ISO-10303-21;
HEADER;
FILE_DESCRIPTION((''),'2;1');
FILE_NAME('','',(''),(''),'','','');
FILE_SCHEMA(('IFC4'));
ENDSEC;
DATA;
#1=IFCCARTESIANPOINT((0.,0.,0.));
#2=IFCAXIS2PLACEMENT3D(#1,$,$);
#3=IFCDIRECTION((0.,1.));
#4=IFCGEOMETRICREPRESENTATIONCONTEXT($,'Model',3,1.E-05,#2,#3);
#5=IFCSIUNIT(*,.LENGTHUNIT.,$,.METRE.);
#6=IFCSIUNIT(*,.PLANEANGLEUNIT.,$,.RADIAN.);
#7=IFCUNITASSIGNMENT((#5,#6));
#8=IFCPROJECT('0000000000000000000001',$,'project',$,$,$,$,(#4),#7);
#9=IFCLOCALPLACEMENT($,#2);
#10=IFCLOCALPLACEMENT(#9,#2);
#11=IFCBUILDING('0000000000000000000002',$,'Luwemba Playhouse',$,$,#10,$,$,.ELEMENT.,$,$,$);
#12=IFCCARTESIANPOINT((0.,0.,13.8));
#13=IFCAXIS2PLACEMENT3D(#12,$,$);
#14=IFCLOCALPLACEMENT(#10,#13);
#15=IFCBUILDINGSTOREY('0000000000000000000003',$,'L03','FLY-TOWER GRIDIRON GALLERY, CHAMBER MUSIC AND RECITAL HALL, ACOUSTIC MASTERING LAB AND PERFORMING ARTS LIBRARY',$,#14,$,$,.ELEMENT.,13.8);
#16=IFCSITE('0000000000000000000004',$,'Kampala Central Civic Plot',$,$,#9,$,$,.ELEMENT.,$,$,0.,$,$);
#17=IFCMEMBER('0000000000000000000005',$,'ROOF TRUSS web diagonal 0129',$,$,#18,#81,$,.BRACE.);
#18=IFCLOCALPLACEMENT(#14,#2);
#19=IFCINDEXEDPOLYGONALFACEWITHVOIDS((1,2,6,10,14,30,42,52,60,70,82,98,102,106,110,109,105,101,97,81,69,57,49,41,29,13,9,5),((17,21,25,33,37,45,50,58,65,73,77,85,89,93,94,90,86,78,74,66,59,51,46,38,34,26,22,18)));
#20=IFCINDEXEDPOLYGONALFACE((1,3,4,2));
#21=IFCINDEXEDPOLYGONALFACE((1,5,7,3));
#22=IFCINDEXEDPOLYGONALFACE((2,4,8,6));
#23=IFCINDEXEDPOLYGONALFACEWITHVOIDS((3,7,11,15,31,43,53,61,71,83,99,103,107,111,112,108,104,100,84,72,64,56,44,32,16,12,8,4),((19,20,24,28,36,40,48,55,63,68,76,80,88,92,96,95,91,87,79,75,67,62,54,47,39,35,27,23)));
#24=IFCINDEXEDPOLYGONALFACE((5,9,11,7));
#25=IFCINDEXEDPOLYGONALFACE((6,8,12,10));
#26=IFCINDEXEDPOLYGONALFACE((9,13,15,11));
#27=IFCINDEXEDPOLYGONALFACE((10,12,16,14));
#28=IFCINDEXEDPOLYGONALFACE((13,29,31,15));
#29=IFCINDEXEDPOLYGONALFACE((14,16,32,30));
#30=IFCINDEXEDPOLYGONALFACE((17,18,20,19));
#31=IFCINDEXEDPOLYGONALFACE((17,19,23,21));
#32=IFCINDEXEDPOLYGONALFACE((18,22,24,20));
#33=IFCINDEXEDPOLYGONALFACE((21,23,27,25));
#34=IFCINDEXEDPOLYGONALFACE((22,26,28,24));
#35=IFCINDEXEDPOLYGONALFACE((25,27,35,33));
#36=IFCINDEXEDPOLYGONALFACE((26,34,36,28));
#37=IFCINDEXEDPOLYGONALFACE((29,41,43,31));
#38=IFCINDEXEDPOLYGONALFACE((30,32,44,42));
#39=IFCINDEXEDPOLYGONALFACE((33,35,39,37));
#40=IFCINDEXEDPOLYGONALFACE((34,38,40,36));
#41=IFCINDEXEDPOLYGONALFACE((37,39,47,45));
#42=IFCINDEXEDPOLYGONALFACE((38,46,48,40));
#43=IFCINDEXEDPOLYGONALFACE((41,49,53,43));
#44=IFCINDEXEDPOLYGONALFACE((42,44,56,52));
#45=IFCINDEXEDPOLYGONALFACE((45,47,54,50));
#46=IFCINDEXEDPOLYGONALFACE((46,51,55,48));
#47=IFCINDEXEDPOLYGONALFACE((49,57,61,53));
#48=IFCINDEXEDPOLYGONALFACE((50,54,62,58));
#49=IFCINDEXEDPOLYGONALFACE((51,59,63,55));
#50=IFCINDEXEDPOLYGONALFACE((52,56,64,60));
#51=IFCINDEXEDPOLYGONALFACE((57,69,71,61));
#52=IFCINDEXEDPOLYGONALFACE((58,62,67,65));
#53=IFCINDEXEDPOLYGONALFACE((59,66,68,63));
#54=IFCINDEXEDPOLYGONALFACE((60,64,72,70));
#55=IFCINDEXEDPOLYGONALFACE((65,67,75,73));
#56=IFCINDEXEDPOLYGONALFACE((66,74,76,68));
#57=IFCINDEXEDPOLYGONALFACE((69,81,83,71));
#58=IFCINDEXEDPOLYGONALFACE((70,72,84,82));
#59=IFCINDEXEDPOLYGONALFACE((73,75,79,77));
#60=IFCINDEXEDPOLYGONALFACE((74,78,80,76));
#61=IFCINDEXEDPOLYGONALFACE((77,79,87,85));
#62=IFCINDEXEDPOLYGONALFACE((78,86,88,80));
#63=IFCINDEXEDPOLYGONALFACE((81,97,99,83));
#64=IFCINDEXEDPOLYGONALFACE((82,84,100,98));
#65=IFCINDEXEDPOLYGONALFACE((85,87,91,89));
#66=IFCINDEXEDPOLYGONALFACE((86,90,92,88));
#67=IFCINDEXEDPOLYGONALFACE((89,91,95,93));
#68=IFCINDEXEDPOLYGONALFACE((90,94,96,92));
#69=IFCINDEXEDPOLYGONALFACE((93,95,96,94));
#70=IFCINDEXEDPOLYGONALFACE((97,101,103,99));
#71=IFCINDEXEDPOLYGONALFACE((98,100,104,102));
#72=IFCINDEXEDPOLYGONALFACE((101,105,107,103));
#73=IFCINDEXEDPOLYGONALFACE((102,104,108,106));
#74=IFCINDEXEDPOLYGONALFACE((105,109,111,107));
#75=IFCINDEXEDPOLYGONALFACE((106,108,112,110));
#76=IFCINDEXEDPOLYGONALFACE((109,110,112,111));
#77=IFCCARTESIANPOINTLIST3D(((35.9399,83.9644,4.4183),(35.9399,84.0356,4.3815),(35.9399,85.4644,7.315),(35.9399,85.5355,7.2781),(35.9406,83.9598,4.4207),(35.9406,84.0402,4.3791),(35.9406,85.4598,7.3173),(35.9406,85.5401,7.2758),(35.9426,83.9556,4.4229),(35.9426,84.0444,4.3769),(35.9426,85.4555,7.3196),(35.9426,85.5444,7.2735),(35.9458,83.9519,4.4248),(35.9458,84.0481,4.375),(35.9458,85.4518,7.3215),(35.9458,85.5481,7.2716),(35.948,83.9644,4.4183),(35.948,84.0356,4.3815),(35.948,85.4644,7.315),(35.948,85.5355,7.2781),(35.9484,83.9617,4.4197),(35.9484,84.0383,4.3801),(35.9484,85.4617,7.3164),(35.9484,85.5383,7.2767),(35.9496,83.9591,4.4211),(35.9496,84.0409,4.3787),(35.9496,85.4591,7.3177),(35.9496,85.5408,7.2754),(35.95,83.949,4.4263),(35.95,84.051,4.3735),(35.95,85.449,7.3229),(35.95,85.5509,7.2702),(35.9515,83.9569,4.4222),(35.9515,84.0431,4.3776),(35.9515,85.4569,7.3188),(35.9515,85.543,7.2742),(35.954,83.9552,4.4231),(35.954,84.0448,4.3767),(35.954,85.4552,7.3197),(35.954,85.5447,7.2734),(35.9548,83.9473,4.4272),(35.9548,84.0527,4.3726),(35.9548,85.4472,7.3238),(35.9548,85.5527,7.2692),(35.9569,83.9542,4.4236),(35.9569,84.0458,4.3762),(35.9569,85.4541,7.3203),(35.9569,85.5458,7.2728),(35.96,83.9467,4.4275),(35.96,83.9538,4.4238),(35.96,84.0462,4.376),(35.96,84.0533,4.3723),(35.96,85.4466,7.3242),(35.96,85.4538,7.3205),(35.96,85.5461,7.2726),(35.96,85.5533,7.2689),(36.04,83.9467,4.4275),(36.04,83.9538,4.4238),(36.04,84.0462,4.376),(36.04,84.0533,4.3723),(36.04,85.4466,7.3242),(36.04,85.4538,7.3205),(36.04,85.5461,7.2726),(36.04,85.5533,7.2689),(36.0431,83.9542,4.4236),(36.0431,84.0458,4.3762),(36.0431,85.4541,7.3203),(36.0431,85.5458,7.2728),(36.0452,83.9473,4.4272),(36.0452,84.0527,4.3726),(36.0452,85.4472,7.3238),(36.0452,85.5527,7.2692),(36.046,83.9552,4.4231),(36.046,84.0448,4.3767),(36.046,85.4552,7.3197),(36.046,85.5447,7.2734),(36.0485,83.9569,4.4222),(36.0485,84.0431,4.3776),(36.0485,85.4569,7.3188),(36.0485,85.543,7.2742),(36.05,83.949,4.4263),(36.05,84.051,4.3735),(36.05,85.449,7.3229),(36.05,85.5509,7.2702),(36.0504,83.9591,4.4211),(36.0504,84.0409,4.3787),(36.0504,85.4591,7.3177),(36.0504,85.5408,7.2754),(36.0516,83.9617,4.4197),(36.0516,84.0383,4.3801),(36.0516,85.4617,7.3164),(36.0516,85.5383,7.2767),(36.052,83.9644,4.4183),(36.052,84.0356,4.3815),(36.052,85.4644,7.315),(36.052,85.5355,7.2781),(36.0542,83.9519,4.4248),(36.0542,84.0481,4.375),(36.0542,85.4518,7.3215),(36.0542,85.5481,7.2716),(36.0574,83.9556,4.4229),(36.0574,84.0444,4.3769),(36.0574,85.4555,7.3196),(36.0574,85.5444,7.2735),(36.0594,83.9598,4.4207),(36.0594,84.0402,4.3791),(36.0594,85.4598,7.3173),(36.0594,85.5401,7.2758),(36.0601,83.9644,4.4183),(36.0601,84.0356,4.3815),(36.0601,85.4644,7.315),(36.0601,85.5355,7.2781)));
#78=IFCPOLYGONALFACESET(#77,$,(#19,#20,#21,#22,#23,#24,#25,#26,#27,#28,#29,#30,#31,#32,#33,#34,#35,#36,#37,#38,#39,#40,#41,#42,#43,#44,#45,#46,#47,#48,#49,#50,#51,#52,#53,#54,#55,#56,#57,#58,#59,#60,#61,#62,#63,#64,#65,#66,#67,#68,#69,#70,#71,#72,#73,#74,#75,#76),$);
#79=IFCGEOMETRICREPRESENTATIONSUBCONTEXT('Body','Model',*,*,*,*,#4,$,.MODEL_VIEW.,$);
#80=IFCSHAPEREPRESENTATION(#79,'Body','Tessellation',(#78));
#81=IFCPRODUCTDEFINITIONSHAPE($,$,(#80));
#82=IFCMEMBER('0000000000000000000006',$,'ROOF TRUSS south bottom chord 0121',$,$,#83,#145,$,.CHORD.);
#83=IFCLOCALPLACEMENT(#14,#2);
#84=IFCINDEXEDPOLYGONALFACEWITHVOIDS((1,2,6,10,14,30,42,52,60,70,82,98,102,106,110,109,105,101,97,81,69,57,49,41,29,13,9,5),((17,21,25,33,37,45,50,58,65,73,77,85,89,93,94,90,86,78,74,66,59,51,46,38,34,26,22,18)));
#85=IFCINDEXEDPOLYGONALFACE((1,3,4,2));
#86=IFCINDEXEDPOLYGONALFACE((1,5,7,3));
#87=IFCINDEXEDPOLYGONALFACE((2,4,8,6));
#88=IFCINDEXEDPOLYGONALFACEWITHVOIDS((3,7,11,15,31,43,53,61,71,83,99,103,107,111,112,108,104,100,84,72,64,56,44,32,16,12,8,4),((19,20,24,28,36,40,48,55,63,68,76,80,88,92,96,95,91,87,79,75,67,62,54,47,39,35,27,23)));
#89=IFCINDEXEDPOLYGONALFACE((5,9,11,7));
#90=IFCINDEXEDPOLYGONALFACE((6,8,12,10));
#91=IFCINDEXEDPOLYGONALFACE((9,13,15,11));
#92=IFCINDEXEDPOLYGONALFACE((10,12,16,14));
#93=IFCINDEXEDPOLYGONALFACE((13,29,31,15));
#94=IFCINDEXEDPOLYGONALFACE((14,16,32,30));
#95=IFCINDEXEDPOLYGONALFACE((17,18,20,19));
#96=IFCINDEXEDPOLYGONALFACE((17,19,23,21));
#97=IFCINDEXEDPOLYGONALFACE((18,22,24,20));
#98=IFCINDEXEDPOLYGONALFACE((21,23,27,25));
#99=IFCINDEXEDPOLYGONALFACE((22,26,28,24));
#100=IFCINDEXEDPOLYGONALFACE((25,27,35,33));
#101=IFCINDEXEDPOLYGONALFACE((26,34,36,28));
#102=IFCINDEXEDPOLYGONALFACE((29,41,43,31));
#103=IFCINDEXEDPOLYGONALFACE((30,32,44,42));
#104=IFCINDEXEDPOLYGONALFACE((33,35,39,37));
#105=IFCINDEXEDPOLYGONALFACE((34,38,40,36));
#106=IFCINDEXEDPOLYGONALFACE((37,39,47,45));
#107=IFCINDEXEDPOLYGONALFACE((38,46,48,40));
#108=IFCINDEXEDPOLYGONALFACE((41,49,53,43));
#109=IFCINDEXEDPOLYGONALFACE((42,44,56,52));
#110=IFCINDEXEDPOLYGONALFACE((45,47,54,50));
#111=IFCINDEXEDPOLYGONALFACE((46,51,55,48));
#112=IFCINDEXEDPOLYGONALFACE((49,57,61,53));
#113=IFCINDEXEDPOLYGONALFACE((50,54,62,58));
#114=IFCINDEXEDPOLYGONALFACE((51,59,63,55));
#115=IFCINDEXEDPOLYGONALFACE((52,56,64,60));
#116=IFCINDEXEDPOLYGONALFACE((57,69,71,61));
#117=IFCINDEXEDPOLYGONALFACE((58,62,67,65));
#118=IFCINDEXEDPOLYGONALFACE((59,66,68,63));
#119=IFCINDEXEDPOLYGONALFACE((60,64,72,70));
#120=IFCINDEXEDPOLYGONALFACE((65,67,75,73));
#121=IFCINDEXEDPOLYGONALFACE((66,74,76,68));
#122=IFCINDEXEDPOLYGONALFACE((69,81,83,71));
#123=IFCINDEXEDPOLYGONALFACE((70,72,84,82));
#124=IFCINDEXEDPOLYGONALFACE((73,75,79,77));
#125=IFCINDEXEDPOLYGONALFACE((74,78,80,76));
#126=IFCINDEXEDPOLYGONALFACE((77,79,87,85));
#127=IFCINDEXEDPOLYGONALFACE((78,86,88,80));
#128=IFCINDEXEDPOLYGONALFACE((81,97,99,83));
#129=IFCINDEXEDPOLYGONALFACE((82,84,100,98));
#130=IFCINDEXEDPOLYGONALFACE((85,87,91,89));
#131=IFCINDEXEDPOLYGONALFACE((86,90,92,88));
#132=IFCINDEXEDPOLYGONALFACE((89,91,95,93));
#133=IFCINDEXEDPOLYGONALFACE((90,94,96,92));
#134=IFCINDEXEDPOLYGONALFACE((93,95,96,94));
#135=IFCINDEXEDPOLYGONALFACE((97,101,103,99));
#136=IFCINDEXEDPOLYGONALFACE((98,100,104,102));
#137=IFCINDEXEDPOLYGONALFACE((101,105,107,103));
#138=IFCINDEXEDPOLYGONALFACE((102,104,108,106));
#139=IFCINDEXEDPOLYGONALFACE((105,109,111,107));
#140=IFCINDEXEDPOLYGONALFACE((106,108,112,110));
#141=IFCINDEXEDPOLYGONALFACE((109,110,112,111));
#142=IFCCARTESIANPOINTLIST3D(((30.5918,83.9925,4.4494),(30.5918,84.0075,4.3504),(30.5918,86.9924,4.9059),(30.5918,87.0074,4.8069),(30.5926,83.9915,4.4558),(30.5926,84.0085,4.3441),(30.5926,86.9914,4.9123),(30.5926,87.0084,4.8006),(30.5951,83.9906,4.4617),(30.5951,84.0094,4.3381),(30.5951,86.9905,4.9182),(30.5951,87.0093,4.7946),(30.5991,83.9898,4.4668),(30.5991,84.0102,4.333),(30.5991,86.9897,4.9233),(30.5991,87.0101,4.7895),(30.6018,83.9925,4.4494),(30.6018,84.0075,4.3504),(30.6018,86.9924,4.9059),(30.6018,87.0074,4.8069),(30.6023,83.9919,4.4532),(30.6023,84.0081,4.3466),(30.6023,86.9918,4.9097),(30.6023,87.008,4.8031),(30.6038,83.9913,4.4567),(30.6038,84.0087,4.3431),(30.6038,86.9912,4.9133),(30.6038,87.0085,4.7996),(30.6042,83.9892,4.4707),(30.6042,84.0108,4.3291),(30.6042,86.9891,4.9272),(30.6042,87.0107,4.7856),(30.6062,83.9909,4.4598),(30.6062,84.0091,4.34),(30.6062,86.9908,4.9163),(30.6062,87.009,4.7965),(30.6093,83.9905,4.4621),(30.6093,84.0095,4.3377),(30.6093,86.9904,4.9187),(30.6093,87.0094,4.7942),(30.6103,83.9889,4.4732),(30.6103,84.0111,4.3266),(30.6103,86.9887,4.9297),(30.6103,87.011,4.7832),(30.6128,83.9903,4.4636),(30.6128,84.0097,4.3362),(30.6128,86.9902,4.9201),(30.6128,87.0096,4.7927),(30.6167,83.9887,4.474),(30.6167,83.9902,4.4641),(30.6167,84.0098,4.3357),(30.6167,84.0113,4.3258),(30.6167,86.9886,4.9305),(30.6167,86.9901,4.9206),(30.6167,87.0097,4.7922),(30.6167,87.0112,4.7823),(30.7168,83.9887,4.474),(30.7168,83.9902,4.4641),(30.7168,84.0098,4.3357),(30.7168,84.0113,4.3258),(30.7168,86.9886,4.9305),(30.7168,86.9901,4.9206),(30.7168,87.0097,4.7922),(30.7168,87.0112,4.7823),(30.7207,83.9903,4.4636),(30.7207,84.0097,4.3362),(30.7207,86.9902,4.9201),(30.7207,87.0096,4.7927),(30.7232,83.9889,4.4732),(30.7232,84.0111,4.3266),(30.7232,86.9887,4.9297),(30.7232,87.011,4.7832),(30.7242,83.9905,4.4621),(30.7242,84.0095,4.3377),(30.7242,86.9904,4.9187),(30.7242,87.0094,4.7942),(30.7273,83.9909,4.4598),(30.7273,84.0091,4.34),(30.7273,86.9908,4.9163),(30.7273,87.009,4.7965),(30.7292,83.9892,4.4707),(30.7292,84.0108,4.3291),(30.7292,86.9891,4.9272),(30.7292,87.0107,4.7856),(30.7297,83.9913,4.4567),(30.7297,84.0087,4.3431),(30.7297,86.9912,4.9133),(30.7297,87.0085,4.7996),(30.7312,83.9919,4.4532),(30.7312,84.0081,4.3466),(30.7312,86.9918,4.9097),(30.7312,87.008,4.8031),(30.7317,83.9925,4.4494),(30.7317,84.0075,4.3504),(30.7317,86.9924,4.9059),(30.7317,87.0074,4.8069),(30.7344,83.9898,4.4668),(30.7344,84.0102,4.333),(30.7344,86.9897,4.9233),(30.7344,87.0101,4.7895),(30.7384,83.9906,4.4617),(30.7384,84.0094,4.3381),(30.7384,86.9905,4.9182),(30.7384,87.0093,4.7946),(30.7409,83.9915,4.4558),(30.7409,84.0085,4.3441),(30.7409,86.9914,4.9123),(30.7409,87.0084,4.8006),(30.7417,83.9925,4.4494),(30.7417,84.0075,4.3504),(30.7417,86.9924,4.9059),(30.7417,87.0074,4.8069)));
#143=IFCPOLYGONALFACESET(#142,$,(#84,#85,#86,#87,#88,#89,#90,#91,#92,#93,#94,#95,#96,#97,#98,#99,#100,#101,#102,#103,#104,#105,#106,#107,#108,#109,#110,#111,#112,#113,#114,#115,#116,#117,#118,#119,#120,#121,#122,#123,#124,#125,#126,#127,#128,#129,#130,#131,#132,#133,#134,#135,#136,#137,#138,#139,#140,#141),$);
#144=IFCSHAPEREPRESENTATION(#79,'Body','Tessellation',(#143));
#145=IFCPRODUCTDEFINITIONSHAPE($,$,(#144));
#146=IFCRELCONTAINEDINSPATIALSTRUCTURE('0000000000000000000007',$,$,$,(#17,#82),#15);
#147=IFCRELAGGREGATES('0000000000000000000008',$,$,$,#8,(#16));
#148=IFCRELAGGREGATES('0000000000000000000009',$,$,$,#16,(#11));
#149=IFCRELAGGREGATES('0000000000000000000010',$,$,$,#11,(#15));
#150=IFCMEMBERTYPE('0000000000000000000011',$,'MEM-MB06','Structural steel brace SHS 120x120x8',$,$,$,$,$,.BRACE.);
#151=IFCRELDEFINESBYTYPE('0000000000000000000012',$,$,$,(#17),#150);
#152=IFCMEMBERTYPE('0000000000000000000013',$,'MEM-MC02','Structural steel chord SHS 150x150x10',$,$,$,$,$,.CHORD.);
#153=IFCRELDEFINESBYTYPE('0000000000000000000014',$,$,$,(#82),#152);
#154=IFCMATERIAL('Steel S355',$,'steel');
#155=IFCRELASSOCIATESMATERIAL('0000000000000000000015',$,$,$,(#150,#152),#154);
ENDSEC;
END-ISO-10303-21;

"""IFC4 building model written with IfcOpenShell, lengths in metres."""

from ifc_helpers import new_model, si_unit, direction, frame, origin, origin_2d, place, context, subcontext, project, spatial, hollow_rectangle, extrude, material, material_profile, profile_set, type_object, element, save


model = new_model("IFC4")

# Units and contexts
model_context = context("Model", 3, precision=1e-05, world=origin(), true_north=direction((0.0, 1.0)))
body_context = subcontext(model_context, "Body", "Model", "MODEL_VIEW")
ifc_project = project(units=[si_unit("LENGTHUNIT", "METRE"), si_unit("PLANEANGLEUNIT", "RADIAN")], contexts=[model_context])

# Site, building, storey
site_placement = place(None, origin())
site = spatial("IfcSite", under=ifc_project, at=site_placement, Name="Kampala Central Civic Plot", CompositionType="ELEMENT", RefElevation=0.0)
building_placement = place(site_placement, origin())
building = spatial("IfcBuilding", under=site, at=building_placement, Name="Luwemba Playhouse", CompositionType="ELEMENT")
storey_placement = place(building_placement, frame((0.0, 0.0, 13.8)))
storey = spatial("IfcBuildingStorey", under=building, at=storey_placement, Name="L03", Description="FLY-TOWER GRIDIRON GALLERY, CHAMBER MUSIC AND RECITAL HALL, ACOUSTIC MASTERING LAB AND PERFORMING ARTS LIBRARY", CompositionType="ELEMENT", Elevation=13.8)

# Shared definitions
ifc_material_1 = material(Name="Steel S355", Category="steel")

# Members
ifc_material_profile_1 = material_profile(ifc_material_1, hollow_rectangle(XDim=0.1201, YDim=0.1201, WallThickness=0.0081, InnerFilletRadius=0.012, OuterFilletRadius=0.02, at=origin_2d()))
ifc_profile_set_1 = profile_set([ifc_material_profile_1], Name="Steel S355")
member_type_1 = type_object("IfcMemberType", Name="MEM-MB06", Description="Structural steel brace SHS 120x120x8", PredefinedType="BRACE", material=ifc_profile_set_1)
member_1_placement = place(storey_placement, frame((36.0, 84.0, 4.3999), z_axis=(0.0, 0.459832, 0.888006), x_axis=(-1.0, 0.0, 0.0)))
element("IfcMember", 1, at=member_1_placement, inside=storey, type_object=member_type_1, Name="ROOF TRUSS web diagonal 0129", PredefinedType="BRACE", context=body_context, shape_type="SweptSolid", body=[
    extrude(hollow_rectangle(XDim=0.1201, YDim=0.1201, WallThickness=0.0081, InnerFilletRadius=0.012, OuterFilletRadius=0.02, at=origin_2d()), origin(), (0.0, 0.0, 1.0), 3.262),
])
ifc_material_profile_2 = material_profile(ifc_material_1, hollow_rectangle(XDim=0.1499, YDim=0.1499, WallThickness=0.01, InnerFilletRadius=0.0149, OuterFilletRadius=0.0249, at=origin_2d()))
ifc_profile_set_2 = profile_set([ifc_material_profile_2], Name="Steel S355")
member_type_2 = type_object("IfcMemberType", Name="MEM-MC02", Description="Structural steel chord SHS 150x150x10", PredefinedType="CHORD", material=ifc_profile_set_2)
member_2_placement = place(storey_placement, frame((30.6667, 84.0, 4.3999), z_axis=(0.0, 0.988618, 0.150449), x_axis=(-1.0, 0.0, 0.0)))
element("IfcMember", 2, at=member_2_placement, inside=storey, type_object=member_type_2, Name="ROOF TRUSS south bottom chord 0121", PredefinedType="CHORD", context=body_context, shape_type="SweptSolid", body=[
    extrude(hollow_rectangle(XDim=0.1499, YDim=0.1499, WallThickness=0.01, InnerFilletRadius=0.0149, OuterFilletRadius=0.0249, at=origin_2d()), origin(), (0.0, 0.0, 1.0), 3.0344),
])

save(model, "model.ifc")
